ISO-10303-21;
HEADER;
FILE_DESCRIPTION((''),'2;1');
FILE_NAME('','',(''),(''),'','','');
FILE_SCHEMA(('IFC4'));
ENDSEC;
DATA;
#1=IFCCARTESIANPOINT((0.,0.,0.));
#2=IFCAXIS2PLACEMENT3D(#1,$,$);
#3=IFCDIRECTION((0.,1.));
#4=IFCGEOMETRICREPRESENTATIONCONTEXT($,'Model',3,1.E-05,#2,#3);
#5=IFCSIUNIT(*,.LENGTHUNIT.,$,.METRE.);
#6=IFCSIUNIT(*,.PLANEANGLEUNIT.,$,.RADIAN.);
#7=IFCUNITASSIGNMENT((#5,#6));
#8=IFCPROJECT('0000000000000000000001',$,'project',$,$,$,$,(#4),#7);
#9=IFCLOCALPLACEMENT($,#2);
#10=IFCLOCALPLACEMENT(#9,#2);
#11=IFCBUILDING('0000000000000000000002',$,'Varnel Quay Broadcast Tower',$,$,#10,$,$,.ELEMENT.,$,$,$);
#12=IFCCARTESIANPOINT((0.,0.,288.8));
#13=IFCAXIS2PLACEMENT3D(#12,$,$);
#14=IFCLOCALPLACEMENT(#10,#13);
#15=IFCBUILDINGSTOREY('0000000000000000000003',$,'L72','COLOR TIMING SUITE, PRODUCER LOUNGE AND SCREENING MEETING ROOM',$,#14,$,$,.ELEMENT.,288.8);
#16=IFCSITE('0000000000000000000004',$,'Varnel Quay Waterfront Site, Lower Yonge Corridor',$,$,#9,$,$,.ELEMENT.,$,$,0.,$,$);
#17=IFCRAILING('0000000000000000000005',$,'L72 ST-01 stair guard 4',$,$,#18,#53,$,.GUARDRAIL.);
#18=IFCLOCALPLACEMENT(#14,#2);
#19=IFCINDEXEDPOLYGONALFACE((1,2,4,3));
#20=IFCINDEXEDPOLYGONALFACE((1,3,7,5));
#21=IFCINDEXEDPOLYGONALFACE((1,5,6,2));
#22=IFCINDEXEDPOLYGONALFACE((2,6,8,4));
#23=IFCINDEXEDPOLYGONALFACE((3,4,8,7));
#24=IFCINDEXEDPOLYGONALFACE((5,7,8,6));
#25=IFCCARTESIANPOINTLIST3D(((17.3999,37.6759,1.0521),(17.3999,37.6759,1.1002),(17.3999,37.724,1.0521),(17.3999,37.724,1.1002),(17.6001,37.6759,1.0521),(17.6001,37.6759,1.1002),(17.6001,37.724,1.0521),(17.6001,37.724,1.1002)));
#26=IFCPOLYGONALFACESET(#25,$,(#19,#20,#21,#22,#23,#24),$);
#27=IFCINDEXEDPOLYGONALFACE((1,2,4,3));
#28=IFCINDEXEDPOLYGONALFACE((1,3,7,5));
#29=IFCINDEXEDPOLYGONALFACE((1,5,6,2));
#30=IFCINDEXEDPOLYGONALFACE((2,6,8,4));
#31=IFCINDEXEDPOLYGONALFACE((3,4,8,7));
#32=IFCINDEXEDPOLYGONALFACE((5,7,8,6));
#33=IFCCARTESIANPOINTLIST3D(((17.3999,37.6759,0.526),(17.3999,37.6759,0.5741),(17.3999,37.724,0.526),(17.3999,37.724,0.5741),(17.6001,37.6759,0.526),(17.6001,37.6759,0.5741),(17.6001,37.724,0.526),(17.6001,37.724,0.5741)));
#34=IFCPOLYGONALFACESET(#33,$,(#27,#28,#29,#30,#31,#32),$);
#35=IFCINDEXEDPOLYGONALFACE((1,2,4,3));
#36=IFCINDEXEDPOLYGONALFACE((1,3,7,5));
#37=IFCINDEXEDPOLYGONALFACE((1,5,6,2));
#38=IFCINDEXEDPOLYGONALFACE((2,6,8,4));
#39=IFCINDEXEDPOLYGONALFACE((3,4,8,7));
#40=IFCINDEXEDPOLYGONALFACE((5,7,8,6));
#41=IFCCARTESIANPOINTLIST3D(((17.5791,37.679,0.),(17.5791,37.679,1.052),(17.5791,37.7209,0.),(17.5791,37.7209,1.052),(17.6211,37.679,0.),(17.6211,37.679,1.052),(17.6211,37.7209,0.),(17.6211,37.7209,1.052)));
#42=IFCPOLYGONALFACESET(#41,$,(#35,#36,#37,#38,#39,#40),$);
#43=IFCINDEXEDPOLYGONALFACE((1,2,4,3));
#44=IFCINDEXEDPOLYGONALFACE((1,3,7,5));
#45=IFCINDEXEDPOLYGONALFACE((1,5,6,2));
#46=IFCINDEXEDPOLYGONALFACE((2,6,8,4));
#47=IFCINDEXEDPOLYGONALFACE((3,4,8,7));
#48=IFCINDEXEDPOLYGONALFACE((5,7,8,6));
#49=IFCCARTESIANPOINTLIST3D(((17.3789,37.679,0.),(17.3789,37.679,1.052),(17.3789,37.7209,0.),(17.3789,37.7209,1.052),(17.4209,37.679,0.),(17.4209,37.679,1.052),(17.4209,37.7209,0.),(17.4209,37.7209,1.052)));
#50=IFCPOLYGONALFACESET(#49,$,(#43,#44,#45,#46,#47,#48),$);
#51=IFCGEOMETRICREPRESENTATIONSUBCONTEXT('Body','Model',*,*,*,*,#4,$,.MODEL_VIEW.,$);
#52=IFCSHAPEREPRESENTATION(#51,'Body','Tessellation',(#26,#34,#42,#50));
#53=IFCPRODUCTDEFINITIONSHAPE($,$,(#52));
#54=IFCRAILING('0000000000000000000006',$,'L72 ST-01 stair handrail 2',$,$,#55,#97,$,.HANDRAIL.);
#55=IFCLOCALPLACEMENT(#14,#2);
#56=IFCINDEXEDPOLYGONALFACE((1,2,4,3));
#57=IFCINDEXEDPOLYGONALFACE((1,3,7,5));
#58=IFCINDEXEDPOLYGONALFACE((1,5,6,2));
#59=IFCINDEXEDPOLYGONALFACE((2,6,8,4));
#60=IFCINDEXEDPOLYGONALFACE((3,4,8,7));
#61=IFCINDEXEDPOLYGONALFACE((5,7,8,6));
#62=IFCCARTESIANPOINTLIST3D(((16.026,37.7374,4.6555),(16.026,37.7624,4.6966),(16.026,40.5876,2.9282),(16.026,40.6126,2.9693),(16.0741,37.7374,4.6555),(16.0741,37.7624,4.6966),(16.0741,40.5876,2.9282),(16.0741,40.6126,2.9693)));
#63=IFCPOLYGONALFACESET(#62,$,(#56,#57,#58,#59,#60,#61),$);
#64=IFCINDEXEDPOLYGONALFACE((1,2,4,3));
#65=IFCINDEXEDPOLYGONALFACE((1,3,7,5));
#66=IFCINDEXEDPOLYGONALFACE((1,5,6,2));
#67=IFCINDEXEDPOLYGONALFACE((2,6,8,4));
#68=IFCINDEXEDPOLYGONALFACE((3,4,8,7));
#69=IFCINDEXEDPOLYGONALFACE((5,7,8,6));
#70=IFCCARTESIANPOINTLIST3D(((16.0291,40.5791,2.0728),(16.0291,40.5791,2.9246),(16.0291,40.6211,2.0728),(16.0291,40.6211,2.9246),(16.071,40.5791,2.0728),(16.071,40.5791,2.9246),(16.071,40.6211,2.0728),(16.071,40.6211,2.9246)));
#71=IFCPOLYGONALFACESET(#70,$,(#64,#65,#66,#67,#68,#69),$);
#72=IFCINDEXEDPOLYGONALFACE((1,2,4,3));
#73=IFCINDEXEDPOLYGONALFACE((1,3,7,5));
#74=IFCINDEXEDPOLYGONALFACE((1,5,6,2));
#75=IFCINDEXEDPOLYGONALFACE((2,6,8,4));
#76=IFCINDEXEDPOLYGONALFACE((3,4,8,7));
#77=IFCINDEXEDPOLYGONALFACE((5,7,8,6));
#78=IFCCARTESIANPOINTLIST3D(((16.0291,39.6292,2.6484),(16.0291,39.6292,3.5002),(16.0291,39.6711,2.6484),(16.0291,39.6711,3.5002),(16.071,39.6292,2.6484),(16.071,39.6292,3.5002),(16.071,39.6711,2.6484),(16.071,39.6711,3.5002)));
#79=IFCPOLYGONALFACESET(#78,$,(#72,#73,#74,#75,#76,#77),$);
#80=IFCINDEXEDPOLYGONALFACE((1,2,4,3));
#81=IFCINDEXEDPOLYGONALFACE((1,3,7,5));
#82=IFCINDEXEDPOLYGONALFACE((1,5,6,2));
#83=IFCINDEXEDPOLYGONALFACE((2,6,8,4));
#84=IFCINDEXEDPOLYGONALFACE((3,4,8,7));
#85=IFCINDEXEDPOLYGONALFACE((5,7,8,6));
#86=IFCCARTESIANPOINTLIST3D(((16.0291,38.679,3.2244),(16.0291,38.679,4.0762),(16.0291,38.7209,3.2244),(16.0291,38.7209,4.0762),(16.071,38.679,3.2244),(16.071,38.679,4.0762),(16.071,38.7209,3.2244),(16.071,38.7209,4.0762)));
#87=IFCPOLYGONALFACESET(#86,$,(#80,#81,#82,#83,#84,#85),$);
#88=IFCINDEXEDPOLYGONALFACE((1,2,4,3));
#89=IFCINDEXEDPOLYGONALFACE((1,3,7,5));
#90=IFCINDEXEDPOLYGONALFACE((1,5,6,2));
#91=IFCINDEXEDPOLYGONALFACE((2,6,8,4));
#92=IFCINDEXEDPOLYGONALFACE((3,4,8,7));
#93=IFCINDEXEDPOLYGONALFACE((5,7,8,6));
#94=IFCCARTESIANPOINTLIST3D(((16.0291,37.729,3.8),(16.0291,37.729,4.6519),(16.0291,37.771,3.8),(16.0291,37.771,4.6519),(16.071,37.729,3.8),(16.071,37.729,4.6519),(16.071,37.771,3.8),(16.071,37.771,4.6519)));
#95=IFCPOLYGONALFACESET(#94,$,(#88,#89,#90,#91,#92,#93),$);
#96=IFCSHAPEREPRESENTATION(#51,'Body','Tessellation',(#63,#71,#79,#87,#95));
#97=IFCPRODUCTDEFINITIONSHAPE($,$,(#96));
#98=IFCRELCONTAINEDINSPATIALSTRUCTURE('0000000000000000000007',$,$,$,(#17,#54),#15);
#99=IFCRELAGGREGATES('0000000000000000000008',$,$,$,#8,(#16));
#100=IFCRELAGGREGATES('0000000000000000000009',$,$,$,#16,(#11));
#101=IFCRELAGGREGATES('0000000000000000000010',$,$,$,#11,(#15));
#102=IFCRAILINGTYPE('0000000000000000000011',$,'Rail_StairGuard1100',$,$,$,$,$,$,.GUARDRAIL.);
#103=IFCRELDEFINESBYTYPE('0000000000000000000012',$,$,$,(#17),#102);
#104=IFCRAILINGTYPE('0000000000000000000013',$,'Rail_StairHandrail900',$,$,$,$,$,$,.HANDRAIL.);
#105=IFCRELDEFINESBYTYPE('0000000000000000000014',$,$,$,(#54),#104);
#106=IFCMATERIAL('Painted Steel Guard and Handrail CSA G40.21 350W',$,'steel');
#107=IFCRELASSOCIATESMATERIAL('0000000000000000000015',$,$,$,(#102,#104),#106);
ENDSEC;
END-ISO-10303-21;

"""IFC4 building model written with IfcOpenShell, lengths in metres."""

from ifc_helpers import new_model, si_unit, direction, frame, origin, origin_2d, place, context, subcontext, project, spatial, rectangle, extrude, material, type_object, element, save


model = new_model("IFC4")

# Units and contexts
model_context = context("Model", 3, precision=1e-05, world=origin(), true_north=direction((0.0, 1.0)))
body_context = subcontext(model_context, "Body", "Model", "MODEL_VIEW")
ifc_project = project(units=[si_unit("LENGTHUNIT", "METRE"), si_unit("PLANEANGLEUNIT", "RADIAN")], contexts=[model_context])

# Site, building, storey
site_placement = place(None, origin())
site = spatial("IfcSite", under=ifc_project, at=site_placement, Name="Varnel Quay Waterfront Site, Lower Yonge Corridor", CompositionType="ELEMENT", RefElevation=0.0)
building_placement = place(site_placement, origin())
building = spatial("IfcBuilding", under=site, at=building_placement, Name="Varnel Quay Broadcast Tower", CompositionType="ELEMENT")
storey_placement = place(building_placement, frame((0.0, 0.0, 288.8)))
storey = spatial("IfcBuildingStorey", under=building, at=storey_placement, Name="L72", Description="COLOR TIMING SUITE, PRODUCER LOUNGE AND SCREENING MEETING ROOM", CompositionType="ELEMENT", Elevation=288.8)

# Railings
ifc_material_1 = material(Name="Painted Steel Guard and Handrail CSA G40.21 350W", Category="steel")
railing_type_1 = type_object("IfcRailingType", Name="Rail_StairGuard1100", PredefinedType="GUARDRAIL", material=ifc_material_1)
railing_1_placement = place(storey_placement, frame((17.6001, 37.7, 0.0)))
element("IfcRailing", 1, at=railing_1_placement, inside=storey, type_object=railing_type_1, Name="L72 ST-01 stair guard 4", PredefinedType="GUARDRAIL", context=body_context, shape_type="SweptSolid", body=[
    extrude(rectangle(XDim=0.0481, YDim=0.0481, at=origin_2d()), frame((0.0, 0.0, 1.0762), z_axis=(-1.0, 0.0, 0.0), x_axis=(0.0, -1.0, 0.0)), (0.0, 0.0, 1.0), 0.2002),
    extrude(rectangle(XDim=0.0481, YDim=0.0481, at=origin_2d()), frame((0.0, 0.0, 0.55), z_axis=(-1.0, 0.0, 0.0), x_axis=(0.0, -1.0, 0.0)), (0.0, 0.0, 1.0), 0.2002),
    extrude(rectangle(XDim=0.042, YDim=0.042, at=origin_2d()), origin(), (0.0, 0.0, 1.0), 1.052),
    extrude(rectangle(XDim=0.042, YDim=0.042, at=origin_2d()), frame((-0.2002, 0.0, 0.0)), (0.0, 0.0, 1.0), 1.052),
])
railing_type_2 = type_object("IfcRailingType", Name="Rail_StairHandrail900", PredefinedType="HANDRAIL", material=ifc_material_1)
railing_2_placement = place(storey_placement, frame((16.05, 40.6001, 2.0728)))
element("IfcRailing", 2, at=railing_2_placement, inside=storey, type_object=railing_type_2, Name="L72 ST-01 stair handrail 2", PredefinedType="HANDRAIL", context=body_context, shape_type="SweptSolid", body=[
    extrude(rectangle(XDim=0.0481, YDim=0.0481, at=origin_2d()), frame((0.0, 0.0, 0.876), z_axis=(0.0, -0.855203, 0.518294), x_axis=(1.0, 0.0, 0.0)), (0.0, 0.0, 1.0), 3.3328),
    extrude(rectangle(XDim=0.042, YDim=0.042, at=origin_2d()), origin(), (0.0, 0.0, 1.0), 0.8518),
    extrude(rectangle(XDim=0.042, YDim=0.042, at=origin_2d()), frame((0.0, -0.95, 0.5757)), (0.0, 0.0, 1.0), 0.8518),
    extrude(rectangle(XDim=0.042, YDim=0.042, at=origin_2d()), frame((0.0, -1.9001, 1.1516)), (0.0, 0.0, 1.0), 0.8518),
    extrude(rectangle(XDim=0.042, YDim=0.042, at=origin_2d()), frame((0.0, -2.8501, 1.7273)), (0.0, 0.0, 1.0), 0.8518),
])

save(model, "model.ifc")
